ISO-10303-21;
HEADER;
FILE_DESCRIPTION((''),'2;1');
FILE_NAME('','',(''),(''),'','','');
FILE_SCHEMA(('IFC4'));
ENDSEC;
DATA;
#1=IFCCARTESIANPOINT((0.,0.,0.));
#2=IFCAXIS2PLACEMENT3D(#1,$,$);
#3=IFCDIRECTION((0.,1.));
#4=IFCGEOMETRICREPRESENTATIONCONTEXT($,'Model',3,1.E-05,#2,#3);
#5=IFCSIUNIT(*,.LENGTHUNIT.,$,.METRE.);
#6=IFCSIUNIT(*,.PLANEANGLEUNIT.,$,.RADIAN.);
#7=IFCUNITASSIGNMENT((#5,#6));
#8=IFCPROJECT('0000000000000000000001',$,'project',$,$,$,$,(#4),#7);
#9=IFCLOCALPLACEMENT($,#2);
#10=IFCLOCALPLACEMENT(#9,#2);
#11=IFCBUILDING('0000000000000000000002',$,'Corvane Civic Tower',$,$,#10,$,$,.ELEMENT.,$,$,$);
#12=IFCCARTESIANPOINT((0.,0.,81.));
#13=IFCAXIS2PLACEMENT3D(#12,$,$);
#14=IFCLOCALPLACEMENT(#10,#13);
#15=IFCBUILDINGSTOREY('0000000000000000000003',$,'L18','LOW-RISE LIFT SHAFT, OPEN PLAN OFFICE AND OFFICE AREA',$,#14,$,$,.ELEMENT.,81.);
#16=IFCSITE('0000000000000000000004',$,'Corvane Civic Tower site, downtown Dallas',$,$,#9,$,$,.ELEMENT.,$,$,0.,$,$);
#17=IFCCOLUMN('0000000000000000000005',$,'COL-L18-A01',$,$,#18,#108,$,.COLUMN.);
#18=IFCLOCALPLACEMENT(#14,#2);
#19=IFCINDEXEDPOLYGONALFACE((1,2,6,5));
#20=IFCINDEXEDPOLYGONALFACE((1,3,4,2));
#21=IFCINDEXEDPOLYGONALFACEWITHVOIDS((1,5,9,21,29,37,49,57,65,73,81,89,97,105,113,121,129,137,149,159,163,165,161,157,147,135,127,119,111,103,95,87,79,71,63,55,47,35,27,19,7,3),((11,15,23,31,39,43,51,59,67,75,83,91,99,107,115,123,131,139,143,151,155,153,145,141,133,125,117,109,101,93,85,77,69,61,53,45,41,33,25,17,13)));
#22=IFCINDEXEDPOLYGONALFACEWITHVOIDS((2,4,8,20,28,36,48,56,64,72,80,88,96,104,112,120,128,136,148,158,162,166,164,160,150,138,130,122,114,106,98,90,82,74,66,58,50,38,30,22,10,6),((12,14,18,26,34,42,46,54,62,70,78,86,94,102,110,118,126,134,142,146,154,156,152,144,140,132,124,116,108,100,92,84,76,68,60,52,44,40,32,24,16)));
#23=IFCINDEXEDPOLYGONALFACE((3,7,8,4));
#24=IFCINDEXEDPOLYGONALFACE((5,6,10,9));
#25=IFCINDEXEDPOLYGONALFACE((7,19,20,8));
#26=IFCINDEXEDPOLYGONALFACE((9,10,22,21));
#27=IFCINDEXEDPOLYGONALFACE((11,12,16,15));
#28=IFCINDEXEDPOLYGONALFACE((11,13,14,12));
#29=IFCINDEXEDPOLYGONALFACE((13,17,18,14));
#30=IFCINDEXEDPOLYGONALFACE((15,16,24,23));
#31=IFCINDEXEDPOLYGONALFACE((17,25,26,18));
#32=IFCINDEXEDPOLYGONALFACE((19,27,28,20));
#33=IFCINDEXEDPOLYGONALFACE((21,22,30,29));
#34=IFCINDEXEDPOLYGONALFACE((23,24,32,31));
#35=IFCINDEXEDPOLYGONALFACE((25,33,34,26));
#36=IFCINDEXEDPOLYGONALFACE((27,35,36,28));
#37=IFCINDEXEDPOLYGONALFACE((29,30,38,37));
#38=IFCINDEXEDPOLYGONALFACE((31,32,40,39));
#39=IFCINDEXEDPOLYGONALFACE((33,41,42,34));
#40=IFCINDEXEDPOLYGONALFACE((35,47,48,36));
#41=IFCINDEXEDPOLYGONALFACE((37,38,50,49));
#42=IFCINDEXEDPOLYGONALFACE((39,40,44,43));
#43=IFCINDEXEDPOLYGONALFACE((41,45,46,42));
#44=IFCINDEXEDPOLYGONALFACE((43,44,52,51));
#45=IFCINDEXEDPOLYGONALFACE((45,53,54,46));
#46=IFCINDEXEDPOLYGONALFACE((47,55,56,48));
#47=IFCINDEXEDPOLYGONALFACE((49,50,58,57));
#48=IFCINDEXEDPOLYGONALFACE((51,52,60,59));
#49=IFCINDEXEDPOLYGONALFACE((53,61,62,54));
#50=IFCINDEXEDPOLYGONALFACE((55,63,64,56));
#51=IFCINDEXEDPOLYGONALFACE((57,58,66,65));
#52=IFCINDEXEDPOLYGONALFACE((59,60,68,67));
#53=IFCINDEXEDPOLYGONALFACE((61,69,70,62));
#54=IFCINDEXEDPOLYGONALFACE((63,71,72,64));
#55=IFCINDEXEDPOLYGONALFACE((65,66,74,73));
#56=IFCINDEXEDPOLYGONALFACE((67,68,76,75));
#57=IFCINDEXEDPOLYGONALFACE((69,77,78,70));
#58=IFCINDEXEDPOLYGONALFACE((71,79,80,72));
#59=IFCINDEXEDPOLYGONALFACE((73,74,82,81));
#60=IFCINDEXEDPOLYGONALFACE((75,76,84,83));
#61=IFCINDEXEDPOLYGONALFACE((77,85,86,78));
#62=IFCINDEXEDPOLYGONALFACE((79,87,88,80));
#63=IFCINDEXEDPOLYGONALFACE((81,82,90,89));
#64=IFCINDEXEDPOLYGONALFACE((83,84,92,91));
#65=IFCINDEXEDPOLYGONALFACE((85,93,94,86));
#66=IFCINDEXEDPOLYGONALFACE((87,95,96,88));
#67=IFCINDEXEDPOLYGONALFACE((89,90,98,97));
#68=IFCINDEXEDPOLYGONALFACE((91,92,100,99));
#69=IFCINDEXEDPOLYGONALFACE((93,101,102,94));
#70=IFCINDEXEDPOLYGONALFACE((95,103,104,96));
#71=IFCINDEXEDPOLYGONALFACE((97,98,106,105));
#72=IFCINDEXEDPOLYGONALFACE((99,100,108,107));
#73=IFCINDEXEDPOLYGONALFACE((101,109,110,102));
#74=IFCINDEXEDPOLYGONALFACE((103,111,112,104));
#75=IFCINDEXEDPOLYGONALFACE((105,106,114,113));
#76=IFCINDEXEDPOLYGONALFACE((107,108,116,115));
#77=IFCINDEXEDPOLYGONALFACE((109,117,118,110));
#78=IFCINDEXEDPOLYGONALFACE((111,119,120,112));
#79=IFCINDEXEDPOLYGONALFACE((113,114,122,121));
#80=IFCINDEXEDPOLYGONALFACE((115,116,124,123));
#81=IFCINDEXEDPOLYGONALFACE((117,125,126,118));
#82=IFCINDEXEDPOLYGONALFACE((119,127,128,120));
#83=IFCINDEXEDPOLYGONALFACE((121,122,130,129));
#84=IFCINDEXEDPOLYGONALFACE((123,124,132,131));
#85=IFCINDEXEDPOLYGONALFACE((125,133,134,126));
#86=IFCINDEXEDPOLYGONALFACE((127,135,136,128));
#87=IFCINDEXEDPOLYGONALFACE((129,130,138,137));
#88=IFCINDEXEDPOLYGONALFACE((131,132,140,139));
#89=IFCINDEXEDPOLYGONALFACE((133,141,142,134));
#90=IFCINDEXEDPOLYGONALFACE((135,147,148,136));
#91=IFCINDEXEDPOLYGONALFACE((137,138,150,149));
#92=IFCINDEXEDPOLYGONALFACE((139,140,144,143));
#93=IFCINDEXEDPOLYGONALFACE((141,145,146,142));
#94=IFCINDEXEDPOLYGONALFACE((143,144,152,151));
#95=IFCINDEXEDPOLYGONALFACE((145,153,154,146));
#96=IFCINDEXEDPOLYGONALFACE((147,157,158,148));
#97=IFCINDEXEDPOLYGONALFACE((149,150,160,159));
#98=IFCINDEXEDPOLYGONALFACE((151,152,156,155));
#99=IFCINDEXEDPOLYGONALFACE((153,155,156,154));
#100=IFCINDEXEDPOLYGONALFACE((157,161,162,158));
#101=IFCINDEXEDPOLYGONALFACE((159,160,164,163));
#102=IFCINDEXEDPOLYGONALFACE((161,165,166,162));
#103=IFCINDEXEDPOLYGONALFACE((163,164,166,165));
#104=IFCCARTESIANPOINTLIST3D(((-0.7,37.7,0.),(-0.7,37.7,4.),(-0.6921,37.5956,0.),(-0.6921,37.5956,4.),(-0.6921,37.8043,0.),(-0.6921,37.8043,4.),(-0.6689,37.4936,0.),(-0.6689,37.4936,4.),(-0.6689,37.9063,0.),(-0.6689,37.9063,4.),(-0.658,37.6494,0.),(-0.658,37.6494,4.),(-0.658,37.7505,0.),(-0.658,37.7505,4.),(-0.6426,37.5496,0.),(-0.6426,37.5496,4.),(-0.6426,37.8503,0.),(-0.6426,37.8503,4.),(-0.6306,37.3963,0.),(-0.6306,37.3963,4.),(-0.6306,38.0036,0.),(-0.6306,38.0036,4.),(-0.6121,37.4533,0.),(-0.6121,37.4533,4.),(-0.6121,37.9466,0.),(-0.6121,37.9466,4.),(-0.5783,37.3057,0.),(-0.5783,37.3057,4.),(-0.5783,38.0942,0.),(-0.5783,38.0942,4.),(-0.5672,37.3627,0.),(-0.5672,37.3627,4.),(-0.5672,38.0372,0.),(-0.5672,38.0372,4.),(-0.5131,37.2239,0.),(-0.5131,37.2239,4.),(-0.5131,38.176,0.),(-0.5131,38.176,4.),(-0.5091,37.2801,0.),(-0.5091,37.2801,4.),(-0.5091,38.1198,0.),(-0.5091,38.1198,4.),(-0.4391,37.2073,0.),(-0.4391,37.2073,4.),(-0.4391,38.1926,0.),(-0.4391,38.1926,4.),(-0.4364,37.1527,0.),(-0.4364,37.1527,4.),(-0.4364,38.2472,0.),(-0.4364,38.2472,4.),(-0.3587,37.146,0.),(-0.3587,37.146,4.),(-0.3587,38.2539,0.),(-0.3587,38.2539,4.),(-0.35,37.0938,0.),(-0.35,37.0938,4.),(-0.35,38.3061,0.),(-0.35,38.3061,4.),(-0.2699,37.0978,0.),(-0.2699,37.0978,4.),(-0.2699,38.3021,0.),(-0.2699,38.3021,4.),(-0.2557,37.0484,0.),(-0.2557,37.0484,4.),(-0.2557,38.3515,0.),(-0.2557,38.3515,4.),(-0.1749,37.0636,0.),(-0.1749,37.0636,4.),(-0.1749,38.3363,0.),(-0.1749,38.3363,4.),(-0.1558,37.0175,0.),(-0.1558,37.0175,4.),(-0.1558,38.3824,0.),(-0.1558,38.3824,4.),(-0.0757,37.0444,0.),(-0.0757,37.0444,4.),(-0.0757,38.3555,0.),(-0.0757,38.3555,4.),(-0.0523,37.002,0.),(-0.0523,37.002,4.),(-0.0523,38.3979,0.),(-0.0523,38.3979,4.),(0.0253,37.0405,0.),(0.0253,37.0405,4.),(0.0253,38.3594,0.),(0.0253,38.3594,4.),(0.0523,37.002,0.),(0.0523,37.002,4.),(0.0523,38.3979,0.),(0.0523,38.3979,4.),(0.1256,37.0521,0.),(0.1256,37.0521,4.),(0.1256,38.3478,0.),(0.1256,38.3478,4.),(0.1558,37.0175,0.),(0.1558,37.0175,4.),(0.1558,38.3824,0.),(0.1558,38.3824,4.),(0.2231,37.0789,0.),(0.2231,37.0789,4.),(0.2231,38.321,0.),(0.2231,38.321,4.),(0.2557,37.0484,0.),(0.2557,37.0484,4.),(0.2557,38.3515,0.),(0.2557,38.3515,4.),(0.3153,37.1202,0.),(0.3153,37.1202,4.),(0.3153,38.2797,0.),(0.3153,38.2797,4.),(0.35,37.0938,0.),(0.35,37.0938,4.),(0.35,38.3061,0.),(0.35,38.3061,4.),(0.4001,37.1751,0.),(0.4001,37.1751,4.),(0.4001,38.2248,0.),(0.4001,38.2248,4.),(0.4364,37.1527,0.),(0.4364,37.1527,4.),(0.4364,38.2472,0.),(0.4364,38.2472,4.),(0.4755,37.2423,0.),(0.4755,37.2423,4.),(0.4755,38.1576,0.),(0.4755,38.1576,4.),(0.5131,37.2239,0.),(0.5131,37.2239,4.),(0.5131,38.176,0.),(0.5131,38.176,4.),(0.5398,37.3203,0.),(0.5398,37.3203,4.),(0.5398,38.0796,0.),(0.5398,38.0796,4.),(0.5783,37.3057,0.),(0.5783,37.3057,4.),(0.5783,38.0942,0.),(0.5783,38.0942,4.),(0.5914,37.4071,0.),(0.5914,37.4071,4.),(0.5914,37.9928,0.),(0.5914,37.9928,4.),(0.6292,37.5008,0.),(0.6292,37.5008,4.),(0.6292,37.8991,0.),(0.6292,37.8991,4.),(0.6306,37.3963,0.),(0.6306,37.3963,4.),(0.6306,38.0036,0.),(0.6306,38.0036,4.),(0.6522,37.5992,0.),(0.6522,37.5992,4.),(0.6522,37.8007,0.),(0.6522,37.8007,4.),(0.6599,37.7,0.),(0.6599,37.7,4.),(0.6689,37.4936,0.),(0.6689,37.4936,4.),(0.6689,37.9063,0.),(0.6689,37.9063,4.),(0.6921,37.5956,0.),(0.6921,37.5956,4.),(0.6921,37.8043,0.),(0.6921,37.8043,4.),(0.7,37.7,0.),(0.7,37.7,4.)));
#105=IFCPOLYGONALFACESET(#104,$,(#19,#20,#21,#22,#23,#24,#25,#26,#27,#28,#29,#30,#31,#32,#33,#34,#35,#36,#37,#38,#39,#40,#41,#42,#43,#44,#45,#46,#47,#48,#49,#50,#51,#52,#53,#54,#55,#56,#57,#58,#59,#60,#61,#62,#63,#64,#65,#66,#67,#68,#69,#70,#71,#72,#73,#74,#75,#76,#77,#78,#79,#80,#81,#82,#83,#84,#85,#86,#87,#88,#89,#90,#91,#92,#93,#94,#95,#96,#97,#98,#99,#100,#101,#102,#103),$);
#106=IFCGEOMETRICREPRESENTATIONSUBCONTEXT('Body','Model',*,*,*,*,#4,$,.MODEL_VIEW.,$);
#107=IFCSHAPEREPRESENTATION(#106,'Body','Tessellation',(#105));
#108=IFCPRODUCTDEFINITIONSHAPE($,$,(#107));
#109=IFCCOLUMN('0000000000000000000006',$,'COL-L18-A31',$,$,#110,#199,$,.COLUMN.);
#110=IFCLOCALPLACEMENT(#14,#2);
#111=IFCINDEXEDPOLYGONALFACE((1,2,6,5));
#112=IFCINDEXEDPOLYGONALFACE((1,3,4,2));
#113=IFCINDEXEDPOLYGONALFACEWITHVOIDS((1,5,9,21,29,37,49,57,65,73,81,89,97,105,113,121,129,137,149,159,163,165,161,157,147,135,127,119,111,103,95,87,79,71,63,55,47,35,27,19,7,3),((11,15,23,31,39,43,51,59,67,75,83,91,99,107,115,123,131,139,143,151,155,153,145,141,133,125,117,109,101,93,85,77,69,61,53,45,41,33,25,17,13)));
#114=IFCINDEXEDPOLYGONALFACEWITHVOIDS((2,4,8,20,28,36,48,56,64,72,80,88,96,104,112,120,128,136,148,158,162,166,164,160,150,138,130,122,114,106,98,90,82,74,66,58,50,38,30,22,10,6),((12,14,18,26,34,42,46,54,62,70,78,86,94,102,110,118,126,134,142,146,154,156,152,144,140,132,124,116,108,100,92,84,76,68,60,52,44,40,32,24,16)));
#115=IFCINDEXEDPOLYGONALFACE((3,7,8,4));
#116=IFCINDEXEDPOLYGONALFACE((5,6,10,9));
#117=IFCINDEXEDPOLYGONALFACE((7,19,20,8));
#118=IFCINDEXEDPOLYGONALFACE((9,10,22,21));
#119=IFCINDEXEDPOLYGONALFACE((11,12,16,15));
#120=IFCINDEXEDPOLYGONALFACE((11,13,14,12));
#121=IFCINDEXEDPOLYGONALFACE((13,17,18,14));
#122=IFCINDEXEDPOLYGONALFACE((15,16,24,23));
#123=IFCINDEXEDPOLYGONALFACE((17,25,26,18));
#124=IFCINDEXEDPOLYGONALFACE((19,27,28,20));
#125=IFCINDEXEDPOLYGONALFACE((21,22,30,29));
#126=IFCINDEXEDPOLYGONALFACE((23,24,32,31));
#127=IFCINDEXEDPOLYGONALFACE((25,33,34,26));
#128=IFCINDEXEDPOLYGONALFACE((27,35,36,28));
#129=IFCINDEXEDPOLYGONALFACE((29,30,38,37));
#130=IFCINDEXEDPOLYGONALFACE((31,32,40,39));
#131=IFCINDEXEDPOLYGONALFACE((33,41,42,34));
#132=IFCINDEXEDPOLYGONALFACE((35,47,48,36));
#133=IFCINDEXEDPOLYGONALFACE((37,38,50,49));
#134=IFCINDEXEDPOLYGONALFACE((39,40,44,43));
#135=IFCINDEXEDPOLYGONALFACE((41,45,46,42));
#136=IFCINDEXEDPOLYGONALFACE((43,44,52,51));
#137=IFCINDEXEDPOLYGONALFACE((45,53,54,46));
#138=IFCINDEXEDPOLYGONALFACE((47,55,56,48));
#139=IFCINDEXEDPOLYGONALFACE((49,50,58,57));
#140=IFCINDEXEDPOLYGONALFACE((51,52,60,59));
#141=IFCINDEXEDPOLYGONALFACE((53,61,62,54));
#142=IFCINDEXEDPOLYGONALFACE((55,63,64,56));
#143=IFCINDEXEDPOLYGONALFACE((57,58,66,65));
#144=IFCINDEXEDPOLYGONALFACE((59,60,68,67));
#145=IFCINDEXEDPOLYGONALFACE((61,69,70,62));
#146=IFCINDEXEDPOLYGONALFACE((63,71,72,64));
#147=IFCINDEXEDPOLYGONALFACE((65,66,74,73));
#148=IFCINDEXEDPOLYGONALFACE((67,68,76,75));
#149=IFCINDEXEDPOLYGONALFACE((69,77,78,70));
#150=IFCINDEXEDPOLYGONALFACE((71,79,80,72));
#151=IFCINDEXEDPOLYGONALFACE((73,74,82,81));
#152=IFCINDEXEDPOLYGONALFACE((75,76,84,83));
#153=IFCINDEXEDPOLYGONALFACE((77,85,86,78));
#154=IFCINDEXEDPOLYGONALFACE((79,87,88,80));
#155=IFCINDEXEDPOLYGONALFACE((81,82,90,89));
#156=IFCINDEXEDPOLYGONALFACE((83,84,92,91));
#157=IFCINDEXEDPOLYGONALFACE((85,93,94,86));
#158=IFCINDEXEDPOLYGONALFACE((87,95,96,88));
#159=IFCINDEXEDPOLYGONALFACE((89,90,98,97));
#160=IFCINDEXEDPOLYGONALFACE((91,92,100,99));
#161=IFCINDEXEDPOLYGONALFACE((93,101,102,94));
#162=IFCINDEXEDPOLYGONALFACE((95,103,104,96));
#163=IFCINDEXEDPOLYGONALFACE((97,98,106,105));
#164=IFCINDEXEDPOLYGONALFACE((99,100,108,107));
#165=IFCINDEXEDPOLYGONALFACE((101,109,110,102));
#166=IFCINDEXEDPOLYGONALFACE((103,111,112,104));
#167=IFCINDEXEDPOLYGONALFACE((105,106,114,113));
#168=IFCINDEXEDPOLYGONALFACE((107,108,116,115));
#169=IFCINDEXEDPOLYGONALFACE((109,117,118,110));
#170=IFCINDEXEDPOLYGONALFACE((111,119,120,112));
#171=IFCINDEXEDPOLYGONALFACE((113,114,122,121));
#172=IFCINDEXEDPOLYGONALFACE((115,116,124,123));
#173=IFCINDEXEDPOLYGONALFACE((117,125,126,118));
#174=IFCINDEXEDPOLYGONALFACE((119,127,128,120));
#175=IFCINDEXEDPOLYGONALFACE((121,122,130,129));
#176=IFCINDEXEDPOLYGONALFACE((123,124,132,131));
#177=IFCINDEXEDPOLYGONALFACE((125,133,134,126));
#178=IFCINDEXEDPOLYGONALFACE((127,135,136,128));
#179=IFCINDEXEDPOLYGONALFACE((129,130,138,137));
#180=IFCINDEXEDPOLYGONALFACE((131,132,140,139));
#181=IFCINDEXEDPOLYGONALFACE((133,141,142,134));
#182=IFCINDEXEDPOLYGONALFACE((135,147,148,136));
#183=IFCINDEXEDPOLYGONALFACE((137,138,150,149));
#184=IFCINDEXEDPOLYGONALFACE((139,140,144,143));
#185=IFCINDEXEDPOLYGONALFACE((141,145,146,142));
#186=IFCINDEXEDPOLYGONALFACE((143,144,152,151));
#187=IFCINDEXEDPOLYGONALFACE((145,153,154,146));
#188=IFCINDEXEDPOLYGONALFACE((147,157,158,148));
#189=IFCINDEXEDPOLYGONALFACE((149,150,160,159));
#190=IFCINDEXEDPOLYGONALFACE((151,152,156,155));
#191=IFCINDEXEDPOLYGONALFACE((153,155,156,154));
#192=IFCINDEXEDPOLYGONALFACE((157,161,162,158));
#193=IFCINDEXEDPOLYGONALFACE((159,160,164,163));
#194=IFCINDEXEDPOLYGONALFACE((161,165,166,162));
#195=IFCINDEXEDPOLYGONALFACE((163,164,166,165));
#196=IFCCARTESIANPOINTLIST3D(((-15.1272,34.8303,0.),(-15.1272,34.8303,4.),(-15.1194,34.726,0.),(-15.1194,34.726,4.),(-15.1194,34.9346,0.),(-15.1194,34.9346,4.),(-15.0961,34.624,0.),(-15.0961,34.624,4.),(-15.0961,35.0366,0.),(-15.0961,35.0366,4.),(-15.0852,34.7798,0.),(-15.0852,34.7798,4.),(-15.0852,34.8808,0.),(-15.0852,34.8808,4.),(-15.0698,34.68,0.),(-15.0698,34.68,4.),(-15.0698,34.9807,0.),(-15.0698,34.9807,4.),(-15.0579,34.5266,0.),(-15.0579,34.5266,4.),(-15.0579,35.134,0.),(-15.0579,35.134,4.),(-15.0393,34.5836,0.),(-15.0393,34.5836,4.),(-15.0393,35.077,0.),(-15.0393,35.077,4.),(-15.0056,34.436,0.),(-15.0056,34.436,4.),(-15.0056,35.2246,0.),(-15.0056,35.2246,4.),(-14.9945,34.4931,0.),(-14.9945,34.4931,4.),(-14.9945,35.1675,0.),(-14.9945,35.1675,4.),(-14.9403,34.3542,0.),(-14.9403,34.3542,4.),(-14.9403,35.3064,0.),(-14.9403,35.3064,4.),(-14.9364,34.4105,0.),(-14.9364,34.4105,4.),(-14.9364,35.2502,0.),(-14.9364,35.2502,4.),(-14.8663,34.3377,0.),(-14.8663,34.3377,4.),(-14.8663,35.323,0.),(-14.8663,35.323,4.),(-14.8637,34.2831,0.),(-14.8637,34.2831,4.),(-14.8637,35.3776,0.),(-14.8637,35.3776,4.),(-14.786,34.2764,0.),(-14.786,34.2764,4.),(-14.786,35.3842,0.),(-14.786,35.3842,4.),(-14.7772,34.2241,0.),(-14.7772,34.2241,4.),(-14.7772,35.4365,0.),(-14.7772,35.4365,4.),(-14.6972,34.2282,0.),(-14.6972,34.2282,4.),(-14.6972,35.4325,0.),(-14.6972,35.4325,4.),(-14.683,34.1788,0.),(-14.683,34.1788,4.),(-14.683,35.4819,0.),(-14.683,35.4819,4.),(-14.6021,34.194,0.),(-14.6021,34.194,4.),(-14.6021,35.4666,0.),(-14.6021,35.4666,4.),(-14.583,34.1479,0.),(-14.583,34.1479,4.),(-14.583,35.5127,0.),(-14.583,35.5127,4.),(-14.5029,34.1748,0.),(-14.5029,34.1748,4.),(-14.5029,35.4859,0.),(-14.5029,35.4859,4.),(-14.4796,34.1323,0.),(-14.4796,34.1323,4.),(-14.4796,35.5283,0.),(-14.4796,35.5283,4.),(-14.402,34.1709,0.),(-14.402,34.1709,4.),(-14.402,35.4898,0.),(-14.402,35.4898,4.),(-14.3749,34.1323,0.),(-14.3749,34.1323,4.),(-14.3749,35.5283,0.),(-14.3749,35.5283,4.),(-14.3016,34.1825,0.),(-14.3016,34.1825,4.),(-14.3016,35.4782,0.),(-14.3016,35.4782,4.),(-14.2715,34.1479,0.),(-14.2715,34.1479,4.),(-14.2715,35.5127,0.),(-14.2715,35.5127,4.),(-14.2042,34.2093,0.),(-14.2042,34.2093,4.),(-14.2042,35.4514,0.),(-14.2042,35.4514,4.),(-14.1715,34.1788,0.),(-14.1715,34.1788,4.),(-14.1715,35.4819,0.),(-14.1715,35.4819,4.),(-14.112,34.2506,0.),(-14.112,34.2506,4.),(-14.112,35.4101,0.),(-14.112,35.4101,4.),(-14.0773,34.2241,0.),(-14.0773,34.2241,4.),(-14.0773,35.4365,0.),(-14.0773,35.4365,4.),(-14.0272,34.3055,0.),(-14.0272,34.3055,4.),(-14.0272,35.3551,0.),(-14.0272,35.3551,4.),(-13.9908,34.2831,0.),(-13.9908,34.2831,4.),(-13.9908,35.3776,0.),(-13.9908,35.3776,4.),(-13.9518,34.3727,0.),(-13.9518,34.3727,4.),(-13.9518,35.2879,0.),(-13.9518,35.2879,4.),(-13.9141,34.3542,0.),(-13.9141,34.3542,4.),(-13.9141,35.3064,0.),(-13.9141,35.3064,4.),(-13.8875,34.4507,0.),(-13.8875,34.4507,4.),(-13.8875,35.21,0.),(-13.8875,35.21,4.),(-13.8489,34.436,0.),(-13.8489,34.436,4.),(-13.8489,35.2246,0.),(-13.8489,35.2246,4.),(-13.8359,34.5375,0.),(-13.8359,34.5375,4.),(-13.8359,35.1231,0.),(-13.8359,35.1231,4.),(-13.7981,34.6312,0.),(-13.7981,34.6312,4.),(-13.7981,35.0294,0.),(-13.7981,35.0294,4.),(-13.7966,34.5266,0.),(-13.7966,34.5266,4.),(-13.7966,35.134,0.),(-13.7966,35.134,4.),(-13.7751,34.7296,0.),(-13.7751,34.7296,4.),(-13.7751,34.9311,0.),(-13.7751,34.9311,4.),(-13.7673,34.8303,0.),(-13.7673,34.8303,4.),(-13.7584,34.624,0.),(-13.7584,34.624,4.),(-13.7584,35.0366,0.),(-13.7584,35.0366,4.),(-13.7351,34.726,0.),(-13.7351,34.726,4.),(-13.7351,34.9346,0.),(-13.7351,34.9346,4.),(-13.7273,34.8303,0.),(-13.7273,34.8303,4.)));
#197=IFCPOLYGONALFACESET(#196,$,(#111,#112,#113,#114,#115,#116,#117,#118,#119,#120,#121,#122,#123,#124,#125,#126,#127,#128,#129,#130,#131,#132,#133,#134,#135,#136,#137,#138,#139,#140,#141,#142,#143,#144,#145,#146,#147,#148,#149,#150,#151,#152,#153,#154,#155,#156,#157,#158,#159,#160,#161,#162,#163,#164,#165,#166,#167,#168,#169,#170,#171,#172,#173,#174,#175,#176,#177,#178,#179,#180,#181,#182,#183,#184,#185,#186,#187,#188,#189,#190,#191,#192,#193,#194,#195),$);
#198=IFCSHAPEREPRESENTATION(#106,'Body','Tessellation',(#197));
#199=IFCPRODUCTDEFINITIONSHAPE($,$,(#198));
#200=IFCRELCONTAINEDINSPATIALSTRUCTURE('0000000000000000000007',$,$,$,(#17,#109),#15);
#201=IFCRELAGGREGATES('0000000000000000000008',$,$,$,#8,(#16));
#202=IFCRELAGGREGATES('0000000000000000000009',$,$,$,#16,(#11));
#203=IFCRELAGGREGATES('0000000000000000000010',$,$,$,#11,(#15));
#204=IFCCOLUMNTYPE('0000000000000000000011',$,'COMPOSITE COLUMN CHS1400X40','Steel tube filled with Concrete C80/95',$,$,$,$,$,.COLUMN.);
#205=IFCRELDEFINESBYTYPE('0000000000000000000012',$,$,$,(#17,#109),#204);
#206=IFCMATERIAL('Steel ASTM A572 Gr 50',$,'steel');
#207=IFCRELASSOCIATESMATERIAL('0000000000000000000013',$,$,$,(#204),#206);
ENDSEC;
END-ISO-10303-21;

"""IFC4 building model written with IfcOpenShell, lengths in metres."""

from ifc_helpers import new_model, si_unit, direction, frame, origin, origin_2d, place, context, subcontext, project, spatial, hollow_circle, extrude, material, material_profile, profile_set, type_object, element, save


model = new_model("IFC4")

# Units and contexts
model_context = context("Model", 3, precision=1e-05, world=origin(), true_north=direction((0.0, 1.0)))
body_context = subcontext(model_context, "Body", "Model", "MODEL_VIEW")
ifc_project = project(units=[si_unit("LENGTHUNIT", "METRE"), si_unit("PLANEANGLEUNIT", "RADIAN")], contexts=[model_context])

# Site, building, storey
site_placement = place(None, origin())
site = spatial("IfcSite", under=ifc_project, at=site_placement, Name="Corvane Civic Tower site, downtown Dallas", CompositionType="ELEMENT", RefElevation=0.0)
building_placement = place(site_placement, origin())
building = spatial("IfcBuilding", under=site, at=building_placement, Name="Corvane Civic Tower", CompositionType="ELEMENT")
storey_placement = place(building_placement, frame((0.0, 0.0, 81.0)))
storey = spatial("IfcBuildingStorey", under=building, at=storey_placement, Name="L18", Description="LOW-RISE LIFT SHAFT, OPEN PLAN OFFICE AND OFFICE AREA", CompositionType="ELEMENT", Elevation=81.0)

# Columns
ifc_material_1 = material(Name="Steel ASTM A572 Gr 50", Category="steel")
ifc_material_profile_1 = material_profile(ifc_material_1, hollow_circle(Radius=0.7, WallThickness=0.04, at=origin_2d()), Name="CHS1400X40")
ifc_profile_set_1 = profile_set([ifc_material_profile_1], Name="Steel ASTM A572 Gr 50")
column_type = type_object("IfcColumnType", Name="COMPOSITE COLUMN CHS1400X40", Description="Steel tube filled with Concrete C80/95", PredefinedType="COLUMN", material=ifc_profile_set_1)
for number, where, z_axis, x_axis, name in (
    (1, (0.0, 37.7, 0.0), (0.0, 0.0, 1.0), (1.0, 0.0, 0.0), "COL-L18-A01"),
    (2, (-14.4272, 34.8303, 0.0), (0.0, 0.0, 1.0), (1.0, 0.0, 0.0), "COL-L18-A31"),
):
    element("IfcColumn", number, at=place(storey_placement, frame(where, z_axis=z_axis, x_axis=x_axis)), inside=storey, type_object=column_type, Name=name, PredefinedType="COLUMN", context=body_context, shape_type="SweptSolid", body=[
        extrude(hollow_circle(Radius=0.7, WallThickness=0.04, at=origin_2d()), origin(), (0.0, 0.0, 1.0), 4.0),
    ])

save(model, "model.ifc")
